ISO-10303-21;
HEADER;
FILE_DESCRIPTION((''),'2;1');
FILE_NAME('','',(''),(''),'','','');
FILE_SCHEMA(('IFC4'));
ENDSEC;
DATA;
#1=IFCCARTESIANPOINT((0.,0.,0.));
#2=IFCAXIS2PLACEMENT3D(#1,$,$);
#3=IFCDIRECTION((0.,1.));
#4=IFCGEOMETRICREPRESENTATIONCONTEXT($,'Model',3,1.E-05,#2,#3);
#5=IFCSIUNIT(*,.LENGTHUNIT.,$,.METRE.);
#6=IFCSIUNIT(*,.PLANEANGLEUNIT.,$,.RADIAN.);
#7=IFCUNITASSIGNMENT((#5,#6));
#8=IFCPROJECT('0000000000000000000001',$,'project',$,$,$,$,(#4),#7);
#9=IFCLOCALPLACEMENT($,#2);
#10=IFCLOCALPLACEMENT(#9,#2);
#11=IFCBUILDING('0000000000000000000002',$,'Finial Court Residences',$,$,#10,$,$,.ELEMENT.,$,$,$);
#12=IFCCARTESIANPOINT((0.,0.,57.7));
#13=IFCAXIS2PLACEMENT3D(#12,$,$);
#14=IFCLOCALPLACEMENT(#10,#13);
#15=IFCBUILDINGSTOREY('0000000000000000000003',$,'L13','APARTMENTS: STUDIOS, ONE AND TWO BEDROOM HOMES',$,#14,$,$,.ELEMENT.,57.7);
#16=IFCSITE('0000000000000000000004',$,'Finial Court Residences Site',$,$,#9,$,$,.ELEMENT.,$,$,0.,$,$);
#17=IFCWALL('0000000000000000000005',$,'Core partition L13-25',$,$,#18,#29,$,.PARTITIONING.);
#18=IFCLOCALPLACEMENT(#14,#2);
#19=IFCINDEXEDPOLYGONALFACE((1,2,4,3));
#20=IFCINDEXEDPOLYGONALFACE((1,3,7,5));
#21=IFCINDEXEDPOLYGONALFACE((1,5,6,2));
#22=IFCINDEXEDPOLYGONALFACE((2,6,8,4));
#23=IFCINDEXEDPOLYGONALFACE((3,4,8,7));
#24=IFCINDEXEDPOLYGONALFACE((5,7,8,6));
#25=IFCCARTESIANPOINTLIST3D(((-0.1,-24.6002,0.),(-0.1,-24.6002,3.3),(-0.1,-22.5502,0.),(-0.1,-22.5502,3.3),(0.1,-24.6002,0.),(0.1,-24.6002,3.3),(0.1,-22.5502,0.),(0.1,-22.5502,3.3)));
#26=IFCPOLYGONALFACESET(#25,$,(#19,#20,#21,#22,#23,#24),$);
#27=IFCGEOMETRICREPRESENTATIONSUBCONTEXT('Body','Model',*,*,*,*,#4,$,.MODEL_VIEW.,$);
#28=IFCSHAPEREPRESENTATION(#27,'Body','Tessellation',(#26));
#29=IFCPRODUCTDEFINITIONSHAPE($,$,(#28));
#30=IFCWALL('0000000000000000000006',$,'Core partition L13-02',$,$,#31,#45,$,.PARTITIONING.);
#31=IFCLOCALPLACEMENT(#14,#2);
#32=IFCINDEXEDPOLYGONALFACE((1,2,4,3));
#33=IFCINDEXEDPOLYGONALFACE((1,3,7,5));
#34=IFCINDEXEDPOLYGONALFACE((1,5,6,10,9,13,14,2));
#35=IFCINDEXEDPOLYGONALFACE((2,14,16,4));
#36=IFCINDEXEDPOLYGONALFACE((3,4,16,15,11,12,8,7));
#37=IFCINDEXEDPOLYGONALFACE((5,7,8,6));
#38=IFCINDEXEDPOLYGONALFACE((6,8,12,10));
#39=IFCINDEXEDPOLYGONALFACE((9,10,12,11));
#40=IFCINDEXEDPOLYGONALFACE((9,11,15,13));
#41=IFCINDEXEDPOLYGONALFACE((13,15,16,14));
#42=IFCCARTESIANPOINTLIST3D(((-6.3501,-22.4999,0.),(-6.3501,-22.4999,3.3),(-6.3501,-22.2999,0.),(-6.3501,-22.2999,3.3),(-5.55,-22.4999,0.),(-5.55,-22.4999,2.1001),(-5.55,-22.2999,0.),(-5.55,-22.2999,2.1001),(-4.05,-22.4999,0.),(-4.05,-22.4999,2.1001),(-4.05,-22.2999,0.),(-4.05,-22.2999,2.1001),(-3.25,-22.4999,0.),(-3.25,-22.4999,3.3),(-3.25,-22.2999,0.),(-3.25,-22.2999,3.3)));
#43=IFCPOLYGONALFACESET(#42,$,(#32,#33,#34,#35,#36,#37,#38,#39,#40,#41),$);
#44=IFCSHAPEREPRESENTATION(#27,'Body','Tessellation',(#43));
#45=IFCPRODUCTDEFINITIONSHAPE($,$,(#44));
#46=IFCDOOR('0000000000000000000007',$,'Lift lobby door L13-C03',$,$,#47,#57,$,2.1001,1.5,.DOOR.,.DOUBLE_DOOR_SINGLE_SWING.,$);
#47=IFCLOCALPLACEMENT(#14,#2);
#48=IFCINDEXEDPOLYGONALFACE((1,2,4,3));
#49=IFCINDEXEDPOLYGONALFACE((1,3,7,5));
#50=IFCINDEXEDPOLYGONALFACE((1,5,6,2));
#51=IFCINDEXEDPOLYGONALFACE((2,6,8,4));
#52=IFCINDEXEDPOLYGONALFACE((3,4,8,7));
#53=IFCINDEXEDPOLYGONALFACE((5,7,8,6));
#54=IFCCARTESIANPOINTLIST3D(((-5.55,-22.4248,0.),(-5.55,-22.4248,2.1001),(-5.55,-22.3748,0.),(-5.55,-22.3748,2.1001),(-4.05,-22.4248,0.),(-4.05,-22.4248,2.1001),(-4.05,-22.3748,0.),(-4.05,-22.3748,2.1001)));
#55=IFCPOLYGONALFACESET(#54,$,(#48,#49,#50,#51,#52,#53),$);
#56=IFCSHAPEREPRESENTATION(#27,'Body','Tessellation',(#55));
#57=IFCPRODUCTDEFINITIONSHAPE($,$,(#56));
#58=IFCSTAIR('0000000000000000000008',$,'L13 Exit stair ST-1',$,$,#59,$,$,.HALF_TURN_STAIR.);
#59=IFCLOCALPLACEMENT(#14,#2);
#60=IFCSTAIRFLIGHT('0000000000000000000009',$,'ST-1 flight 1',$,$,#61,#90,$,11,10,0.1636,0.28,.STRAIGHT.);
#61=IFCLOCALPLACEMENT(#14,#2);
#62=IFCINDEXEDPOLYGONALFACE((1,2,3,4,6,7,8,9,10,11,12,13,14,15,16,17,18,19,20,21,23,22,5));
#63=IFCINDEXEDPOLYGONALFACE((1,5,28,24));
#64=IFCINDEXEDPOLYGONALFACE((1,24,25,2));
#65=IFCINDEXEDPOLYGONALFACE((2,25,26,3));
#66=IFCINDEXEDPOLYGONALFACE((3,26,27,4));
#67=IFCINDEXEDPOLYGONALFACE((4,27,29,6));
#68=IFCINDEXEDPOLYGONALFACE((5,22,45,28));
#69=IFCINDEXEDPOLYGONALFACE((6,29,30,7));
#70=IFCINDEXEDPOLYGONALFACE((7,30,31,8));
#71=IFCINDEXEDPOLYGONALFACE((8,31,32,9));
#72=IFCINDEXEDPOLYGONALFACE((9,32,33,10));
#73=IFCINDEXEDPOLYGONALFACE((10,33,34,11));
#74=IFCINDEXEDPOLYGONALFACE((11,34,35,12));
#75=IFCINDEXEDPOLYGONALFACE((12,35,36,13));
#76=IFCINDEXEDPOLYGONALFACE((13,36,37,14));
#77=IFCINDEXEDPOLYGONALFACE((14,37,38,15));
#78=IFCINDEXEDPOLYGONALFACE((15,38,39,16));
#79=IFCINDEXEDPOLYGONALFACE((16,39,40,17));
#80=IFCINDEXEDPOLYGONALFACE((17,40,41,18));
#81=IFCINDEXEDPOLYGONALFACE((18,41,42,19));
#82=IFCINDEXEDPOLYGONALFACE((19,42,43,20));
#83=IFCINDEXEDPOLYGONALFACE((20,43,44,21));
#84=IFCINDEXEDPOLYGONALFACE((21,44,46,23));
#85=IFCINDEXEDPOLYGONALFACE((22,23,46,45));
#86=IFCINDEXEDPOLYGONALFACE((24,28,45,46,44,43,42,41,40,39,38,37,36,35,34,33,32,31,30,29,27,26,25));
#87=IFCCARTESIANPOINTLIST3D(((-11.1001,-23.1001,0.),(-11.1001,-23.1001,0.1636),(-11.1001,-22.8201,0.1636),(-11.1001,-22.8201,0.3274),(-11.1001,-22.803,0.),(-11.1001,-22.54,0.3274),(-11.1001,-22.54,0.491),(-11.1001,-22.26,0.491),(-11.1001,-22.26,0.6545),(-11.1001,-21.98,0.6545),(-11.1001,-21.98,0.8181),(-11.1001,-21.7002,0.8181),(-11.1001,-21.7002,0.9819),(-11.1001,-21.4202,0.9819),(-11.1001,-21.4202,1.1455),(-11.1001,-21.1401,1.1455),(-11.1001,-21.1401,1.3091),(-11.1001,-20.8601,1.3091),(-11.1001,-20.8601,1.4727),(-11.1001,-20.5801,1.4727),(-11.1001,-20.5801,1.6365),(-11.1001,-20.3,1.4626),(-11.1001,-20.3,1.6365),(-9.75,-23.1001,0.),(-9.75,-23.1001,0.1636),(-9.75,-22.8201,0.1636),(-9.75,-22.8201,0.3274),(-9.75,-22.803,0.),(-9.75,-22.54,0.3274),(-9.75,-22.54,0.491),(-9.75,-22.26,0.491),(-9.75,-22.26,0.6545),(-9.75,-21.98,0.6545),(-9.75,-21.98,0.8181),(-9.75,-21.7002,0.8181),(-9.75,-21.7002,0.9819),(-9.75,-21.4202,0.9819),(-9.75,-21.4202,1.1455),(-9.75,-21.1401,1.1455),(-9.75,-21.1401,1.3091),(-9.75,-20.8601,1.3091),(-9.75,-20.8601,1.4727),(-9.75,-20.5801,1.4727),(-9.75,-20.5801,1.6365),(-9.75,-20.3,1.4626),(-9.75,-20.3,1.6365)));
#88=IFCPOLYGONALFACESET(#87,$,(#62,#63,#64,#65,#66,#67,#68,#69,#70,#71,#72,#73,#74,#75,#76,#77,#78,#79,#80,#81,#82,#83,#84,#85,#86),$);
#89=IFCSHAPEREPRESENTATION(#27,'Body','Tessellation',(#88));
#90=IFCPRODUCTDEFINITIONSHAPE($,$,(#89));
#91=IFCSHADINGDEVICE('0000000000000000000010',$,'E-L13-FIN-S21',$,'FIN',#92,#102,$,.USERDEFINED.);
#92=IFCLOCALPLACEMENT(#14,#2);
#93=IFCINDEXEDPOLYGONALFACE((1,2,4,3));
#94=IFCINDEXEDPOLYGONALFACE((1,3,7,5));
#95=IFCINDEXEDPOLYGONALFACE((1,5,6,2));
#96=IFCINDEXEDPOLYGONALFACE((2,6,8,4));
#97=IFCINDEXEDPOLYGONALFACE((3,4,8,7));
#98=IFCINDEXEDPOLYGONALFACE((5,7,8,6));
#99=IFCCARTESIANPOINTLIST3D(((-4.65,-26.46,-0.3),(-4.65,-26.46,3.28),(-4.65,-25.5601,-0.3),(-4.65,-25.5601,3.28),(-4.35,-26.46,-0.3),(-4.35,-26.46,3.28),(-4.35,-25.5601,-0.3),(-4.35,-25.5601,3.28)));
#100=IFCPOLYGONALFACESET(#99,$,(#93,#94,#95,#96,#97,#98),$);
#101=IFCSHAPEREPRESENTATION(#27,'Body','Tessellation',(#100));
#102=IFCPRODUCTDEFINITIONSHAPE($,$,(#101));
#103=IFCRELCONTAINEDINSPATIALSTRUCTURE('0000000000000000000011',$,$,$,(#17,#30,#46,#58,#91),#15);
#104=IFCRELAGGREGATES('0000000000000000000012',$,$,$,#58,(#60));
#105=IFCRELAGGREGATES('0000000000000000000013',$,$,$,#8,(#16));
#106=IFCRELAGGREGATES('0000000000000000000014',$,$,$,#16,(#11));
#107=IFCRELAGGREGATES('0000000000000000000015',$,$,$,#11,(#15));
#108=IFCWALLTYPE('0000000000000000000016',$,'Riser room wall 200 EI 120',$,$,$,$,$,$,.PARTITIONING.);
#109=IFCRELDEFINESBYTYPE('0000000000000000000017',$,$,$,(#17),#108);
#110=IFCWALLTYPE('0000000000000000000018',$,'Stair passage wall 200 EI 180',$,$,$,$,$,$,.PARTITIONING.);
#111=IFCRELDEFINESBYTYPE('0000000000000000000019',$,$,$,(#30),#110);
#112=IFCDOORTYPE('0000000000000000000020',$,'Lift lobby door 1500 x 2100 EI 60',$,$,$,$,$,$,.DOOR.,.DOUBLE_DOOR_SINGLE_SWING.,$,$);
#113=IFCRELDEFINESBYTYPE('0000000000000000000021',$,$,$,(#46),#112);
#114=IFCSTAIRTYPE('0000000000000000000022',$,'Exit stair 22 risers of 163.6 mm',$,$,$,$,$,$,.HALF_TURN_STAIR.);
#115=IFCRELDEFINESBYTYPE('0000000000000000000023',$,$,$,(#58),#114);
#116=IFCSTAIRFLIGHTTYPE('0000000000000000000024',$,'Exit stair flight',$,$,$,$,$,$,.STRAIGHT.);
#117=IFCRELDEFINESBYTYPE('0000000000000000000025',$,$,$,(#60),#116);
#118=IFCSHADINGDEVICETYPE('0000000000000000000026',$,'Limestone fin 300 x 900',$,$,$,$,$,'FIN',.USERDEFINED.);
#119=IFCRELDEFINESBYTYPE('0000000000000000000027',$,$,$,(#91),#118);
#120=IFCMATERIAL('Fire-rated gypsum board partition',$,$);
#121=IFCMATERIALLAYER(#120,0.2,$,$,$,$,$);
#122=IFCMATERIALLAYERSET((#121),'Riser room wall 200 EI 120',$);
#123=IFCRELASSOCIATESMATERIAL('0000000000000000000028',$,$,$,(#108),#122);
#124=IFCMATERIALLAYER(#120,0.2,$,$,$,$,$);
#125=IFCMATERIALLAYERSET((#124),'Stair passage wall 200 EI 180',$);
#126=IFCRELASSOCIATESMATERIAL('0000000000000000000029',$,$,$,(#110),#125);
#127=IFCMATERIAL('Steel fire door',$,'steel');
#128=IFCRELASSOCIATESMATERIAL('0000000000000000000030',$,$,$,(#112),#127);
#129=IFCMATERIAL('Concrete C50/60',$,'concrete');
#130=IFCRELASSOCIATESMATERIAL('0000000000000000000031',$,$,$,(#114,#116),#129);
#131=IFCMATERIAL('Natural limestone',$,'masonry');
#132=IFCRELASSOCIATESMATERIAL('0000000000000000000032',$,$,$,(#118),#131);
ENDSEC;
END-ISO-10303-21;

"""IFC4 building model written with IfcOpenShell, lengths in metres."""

from ifc_helpers import new_model, si_unit, direction, frame, frame_2d, origin, origin_2d, place, context, subcontext, project, spatial, polyline, rectangle, outline, extrude, material, layer, layer_set, type_object, element, fill, aggregate, save


model = new_model("IFC4")

# Units and contexts
model_context = context("Model", 3, precision=1e-05, world=origin(), true_north=direction((0.0, 1.0)))
body_context = subcontext(model_context, "Body", "Model", "MODEL_VIEW")
ifc_project = project(units=[si_unit("LENGTHUNIT", "METRE"), si_unit("PLANEANGLEUNIT", "RADIAN")], contexts=[model_context])

# Site, building, storey
site_placement = place(None, origin())
site = spatial("IfcSite", under=ifc_project, at=site_placement, Name="Finial Court Residences Site", CompositionType="ELEMENT", RefElevation=0.0)
building_placement = place(site_placement, origin())
building = spatial("IfcBuilding", under=site, at=building_placement, Name="Finial Court Residences", CompositionType="ELEMENT")
storey_placement = place(building_placement, frame((0.0, 0.0, 57.7)))
storey = spatial("IfcBuildingStorey", under=building, at=storey_placement, Name="L13", Description="APARTMENTS: STUDIOS, ONE AND TWO BEDROOM HOMES", CompositionType="ELEMENT", Elevation=57.7)

# Shared definitions
ifc_material_1 = material(Name="Steel fire door", Category="steel")

# Wall
ifc_material_2 = material(Name="Fire-rated gypsum board partition")
ifc_layer_1 = layer(ifc_material_2, 0.2)
ifc_layer_set_1 = layer_set([ifc_layer_1], Name="Riser room wall 200 EI 120")
wall_type_1 = type_object("IfcWallType", Name="Riser room wall 200 EI 120", PredefinedType="PARTITIONING", material=ifc_layer_set_1)
wall_1_placement = place(storey_placement, frame((0.0, -24.6001, 0.0), z_axis=(0.0, 0.0, 1.0), x_axis=(0.0, 1.0, 0.0)))
element("IfcWall", 1, at=wall_1_placement, inside=storey, type_object=wall_type_1, Name="Core partition L13-25", PredefinedType="PARTITIONING", context=body_context, shape_type="SweptSolid", body=[
    extrude(rectangle(XDim=2.05, YDim=0.2, at=frame_2d((1.0249, 0.0))), origin(), (0.0, 0.0, 1.0), 3.3),
])

# Wall, opening, door
ifc_layer_2 = layer(ifc_material_2, 0.2)
ifc_layer_set_2 = layer_set([ifc_layer_2], Name="Stair passage wall 200 EI 180")
wall_type_2 = type_object("IfcWallType", Name="Stair passage wall 200 EI 180", PredefinedType="PARTITIONING", material=ifc_layer_set_2)
wall_2_placement = place(storey_placement, frame((-3.25, -22.3999, 0.0), z_axis=(0.0, 0.0, 1.0), x_axis=(-1.0, 0.0, 0.0)))
wall_2 = element("IfcWall", 2, at=wall_2_placement, inside=storey, type_object=wall_type_2, Name="Core partition L13-02", PredefinedType="PARTITIONING", context=body_context, shape_type="SweptSolid", body=[
    extrude(rectangle(XDim=3.1001, YDim=0.2, at=frame_2d((1.55, 0.0))), origin(), (0.0, 0.0, 1.0), 3.3),
])
opening_1_placement = place(wall_2_placement, frame((0.8, 0.0, 0.0)))
opening_1 = element("IfcOpeningElement", 3, at=opening_1_placement, cuts=wall_2, PredefinedType="OPENING", context=body_context, shape_type="SweptSolid", body=[
    extrude(rectangle(XDim=1.5, YDim=2.1001, at=frame_2d((0.75, 1.05))), frame((0.0, 0.1099, 0.0), z_axis=(0.0, -1.0, 0.0), x_axis=(1.0, 0.0, 0.0)), (0.0, 0.0, 1.0), 0.22),
])
door_type_1 = type_object("IfcDoorType", Name="Lift lobby door 1500 x 2100 EI 60", OperationType="DOUBLE_DOOR_SINGLE_SWING", PredefinedType="DOOR", material=ifc_material_1)
door_1_placement = place(opening_1_placement, origin())
door_1 = element("IfcDoor", 4, at=door_1_placement, inside=storey, type_object=door_type_1, Name="Lift lobby door L13-C03", OperationType="DOUBLE_DOOR_SINGLE_SWING", OverallHeight=2.1001, OverallWidth=1.5, PredefinedType="DOOR", context=body_context, shape_type="SweptSolid", body=[
    extrude(rectangle(XDim=1.5, YDim=2.1001, at=frame_2d((0.75, 1.05))), frame((0.0, 0.0249, 0.0), z_axis=(0.0, -1.0, 0.0), x_axis=(1.0, 0.0, 0.0)), (0.0, 0.0, 1.0), 0.05),
])
fill(opening_1, door_1)

# Stair, stair flight
ifc_material_3 = material(Name="Concrete C50/60", Category="concrete")
stair_type = type_object("IfcStairType", Name="Exit stair 22 risers of 163.6 mm", PredefinedType="HALF_TURN_STAIR", material=ifc_material_3)
stair_placement = place(storey_placement, origin())
stair = element("IfcStair", 5, at=stair_placement, inside=storey, type_object=stair_type, Name="L13 Exit stair ST-1", PredefinedType="HALF_TURN_STAIR")
stair_flight_type = type_object("IfcStairFlightType", Name="Exit stair flight", PredefinedType="STRAIGHT", material=ifc_material_3)
stair_flight_placement = place(storey_placement, frame((-10.425, -23.1001, 0.0), z_axis=(0.0, 0.0, 1.0), x_axis=(0.0, 1.0, 0.0)))
stair_flight = element("IfcStairFlight", 6, at=stair_flight_placement, type_object=stair_flight_type, Name="ST-1 flight 1", NumberOfRisers=11, NumberOfTreads=10, PredefinedType="STRAIGHT", RiserHeight=0.1636, TreadLength=0.28, context=body_context, shape_type="SweptSolid", body=[
    extrude(outline(polyline([(0.0, 0.0), (0.0, 0.1636), (0.28, 0.1636), (0.28, 0.3274), (0.5601, 0.3274), (0.5601, 0.491), (0.8401, 0.491), (0.8401, 0.6545), (1.1201, 0.6545), (1.1201, 0.8181), (1.3999, 0.8181), (1.3999, 0.9819), (1.6799, 0.9819), (1.6799, 1.1455), (1.96, 1.1455), (1.96, 1.3091), (2.24, 1.3091), (2.24, 1.4727), (2.52, 1.4727), (2.52, 1.6365), (2.8, 1.6365), (2.8, 1.8), (2.8, 1.4626), (0.2971, 0.0), (0.0, 0.0)])), frame((0.0, 0.675, 0.0), z_axis=(0.0, -1.0, 0.0), x_axis=(1.0, 0.0, 0.0)), (0.0, 0.0, 1.0), 1.3501),
])
aggregate(stair, [stair_flight])

# Shading device
ifc_material_4 = material(Name="Natural limestone", Category="masonry")
shading_device_type = type_object("IfcShadingDeviceType", Name="Limestone fin 300 x 900", ElementType="FIN", PredefinedType="USERDEFINED", material=ifc_material_4)
shading_device_placement = place(storey_placement, frame((-4.5, -26.01, -0.3), z_axis=(0.0, 0.0, 1.0), x_axis=(1.0, 0.0, 0.0)))
element("IfcShadingDevice", 7, at=shading_device_placement, inside=storey, type_object=shading_device_type, Name="E-L13-FIN-S21", ObjectType="FIN", PredefinedType="USERDEFINED", context=body_context, shape_type="SweptSolid", body=[
    extrude(rectangle(XDim=0.3, YDim=0.8999, at=origin_2d()), origin(), (0.0, 0.0, 1.0), 3.5801),
])

save(model, "model.ifc")
